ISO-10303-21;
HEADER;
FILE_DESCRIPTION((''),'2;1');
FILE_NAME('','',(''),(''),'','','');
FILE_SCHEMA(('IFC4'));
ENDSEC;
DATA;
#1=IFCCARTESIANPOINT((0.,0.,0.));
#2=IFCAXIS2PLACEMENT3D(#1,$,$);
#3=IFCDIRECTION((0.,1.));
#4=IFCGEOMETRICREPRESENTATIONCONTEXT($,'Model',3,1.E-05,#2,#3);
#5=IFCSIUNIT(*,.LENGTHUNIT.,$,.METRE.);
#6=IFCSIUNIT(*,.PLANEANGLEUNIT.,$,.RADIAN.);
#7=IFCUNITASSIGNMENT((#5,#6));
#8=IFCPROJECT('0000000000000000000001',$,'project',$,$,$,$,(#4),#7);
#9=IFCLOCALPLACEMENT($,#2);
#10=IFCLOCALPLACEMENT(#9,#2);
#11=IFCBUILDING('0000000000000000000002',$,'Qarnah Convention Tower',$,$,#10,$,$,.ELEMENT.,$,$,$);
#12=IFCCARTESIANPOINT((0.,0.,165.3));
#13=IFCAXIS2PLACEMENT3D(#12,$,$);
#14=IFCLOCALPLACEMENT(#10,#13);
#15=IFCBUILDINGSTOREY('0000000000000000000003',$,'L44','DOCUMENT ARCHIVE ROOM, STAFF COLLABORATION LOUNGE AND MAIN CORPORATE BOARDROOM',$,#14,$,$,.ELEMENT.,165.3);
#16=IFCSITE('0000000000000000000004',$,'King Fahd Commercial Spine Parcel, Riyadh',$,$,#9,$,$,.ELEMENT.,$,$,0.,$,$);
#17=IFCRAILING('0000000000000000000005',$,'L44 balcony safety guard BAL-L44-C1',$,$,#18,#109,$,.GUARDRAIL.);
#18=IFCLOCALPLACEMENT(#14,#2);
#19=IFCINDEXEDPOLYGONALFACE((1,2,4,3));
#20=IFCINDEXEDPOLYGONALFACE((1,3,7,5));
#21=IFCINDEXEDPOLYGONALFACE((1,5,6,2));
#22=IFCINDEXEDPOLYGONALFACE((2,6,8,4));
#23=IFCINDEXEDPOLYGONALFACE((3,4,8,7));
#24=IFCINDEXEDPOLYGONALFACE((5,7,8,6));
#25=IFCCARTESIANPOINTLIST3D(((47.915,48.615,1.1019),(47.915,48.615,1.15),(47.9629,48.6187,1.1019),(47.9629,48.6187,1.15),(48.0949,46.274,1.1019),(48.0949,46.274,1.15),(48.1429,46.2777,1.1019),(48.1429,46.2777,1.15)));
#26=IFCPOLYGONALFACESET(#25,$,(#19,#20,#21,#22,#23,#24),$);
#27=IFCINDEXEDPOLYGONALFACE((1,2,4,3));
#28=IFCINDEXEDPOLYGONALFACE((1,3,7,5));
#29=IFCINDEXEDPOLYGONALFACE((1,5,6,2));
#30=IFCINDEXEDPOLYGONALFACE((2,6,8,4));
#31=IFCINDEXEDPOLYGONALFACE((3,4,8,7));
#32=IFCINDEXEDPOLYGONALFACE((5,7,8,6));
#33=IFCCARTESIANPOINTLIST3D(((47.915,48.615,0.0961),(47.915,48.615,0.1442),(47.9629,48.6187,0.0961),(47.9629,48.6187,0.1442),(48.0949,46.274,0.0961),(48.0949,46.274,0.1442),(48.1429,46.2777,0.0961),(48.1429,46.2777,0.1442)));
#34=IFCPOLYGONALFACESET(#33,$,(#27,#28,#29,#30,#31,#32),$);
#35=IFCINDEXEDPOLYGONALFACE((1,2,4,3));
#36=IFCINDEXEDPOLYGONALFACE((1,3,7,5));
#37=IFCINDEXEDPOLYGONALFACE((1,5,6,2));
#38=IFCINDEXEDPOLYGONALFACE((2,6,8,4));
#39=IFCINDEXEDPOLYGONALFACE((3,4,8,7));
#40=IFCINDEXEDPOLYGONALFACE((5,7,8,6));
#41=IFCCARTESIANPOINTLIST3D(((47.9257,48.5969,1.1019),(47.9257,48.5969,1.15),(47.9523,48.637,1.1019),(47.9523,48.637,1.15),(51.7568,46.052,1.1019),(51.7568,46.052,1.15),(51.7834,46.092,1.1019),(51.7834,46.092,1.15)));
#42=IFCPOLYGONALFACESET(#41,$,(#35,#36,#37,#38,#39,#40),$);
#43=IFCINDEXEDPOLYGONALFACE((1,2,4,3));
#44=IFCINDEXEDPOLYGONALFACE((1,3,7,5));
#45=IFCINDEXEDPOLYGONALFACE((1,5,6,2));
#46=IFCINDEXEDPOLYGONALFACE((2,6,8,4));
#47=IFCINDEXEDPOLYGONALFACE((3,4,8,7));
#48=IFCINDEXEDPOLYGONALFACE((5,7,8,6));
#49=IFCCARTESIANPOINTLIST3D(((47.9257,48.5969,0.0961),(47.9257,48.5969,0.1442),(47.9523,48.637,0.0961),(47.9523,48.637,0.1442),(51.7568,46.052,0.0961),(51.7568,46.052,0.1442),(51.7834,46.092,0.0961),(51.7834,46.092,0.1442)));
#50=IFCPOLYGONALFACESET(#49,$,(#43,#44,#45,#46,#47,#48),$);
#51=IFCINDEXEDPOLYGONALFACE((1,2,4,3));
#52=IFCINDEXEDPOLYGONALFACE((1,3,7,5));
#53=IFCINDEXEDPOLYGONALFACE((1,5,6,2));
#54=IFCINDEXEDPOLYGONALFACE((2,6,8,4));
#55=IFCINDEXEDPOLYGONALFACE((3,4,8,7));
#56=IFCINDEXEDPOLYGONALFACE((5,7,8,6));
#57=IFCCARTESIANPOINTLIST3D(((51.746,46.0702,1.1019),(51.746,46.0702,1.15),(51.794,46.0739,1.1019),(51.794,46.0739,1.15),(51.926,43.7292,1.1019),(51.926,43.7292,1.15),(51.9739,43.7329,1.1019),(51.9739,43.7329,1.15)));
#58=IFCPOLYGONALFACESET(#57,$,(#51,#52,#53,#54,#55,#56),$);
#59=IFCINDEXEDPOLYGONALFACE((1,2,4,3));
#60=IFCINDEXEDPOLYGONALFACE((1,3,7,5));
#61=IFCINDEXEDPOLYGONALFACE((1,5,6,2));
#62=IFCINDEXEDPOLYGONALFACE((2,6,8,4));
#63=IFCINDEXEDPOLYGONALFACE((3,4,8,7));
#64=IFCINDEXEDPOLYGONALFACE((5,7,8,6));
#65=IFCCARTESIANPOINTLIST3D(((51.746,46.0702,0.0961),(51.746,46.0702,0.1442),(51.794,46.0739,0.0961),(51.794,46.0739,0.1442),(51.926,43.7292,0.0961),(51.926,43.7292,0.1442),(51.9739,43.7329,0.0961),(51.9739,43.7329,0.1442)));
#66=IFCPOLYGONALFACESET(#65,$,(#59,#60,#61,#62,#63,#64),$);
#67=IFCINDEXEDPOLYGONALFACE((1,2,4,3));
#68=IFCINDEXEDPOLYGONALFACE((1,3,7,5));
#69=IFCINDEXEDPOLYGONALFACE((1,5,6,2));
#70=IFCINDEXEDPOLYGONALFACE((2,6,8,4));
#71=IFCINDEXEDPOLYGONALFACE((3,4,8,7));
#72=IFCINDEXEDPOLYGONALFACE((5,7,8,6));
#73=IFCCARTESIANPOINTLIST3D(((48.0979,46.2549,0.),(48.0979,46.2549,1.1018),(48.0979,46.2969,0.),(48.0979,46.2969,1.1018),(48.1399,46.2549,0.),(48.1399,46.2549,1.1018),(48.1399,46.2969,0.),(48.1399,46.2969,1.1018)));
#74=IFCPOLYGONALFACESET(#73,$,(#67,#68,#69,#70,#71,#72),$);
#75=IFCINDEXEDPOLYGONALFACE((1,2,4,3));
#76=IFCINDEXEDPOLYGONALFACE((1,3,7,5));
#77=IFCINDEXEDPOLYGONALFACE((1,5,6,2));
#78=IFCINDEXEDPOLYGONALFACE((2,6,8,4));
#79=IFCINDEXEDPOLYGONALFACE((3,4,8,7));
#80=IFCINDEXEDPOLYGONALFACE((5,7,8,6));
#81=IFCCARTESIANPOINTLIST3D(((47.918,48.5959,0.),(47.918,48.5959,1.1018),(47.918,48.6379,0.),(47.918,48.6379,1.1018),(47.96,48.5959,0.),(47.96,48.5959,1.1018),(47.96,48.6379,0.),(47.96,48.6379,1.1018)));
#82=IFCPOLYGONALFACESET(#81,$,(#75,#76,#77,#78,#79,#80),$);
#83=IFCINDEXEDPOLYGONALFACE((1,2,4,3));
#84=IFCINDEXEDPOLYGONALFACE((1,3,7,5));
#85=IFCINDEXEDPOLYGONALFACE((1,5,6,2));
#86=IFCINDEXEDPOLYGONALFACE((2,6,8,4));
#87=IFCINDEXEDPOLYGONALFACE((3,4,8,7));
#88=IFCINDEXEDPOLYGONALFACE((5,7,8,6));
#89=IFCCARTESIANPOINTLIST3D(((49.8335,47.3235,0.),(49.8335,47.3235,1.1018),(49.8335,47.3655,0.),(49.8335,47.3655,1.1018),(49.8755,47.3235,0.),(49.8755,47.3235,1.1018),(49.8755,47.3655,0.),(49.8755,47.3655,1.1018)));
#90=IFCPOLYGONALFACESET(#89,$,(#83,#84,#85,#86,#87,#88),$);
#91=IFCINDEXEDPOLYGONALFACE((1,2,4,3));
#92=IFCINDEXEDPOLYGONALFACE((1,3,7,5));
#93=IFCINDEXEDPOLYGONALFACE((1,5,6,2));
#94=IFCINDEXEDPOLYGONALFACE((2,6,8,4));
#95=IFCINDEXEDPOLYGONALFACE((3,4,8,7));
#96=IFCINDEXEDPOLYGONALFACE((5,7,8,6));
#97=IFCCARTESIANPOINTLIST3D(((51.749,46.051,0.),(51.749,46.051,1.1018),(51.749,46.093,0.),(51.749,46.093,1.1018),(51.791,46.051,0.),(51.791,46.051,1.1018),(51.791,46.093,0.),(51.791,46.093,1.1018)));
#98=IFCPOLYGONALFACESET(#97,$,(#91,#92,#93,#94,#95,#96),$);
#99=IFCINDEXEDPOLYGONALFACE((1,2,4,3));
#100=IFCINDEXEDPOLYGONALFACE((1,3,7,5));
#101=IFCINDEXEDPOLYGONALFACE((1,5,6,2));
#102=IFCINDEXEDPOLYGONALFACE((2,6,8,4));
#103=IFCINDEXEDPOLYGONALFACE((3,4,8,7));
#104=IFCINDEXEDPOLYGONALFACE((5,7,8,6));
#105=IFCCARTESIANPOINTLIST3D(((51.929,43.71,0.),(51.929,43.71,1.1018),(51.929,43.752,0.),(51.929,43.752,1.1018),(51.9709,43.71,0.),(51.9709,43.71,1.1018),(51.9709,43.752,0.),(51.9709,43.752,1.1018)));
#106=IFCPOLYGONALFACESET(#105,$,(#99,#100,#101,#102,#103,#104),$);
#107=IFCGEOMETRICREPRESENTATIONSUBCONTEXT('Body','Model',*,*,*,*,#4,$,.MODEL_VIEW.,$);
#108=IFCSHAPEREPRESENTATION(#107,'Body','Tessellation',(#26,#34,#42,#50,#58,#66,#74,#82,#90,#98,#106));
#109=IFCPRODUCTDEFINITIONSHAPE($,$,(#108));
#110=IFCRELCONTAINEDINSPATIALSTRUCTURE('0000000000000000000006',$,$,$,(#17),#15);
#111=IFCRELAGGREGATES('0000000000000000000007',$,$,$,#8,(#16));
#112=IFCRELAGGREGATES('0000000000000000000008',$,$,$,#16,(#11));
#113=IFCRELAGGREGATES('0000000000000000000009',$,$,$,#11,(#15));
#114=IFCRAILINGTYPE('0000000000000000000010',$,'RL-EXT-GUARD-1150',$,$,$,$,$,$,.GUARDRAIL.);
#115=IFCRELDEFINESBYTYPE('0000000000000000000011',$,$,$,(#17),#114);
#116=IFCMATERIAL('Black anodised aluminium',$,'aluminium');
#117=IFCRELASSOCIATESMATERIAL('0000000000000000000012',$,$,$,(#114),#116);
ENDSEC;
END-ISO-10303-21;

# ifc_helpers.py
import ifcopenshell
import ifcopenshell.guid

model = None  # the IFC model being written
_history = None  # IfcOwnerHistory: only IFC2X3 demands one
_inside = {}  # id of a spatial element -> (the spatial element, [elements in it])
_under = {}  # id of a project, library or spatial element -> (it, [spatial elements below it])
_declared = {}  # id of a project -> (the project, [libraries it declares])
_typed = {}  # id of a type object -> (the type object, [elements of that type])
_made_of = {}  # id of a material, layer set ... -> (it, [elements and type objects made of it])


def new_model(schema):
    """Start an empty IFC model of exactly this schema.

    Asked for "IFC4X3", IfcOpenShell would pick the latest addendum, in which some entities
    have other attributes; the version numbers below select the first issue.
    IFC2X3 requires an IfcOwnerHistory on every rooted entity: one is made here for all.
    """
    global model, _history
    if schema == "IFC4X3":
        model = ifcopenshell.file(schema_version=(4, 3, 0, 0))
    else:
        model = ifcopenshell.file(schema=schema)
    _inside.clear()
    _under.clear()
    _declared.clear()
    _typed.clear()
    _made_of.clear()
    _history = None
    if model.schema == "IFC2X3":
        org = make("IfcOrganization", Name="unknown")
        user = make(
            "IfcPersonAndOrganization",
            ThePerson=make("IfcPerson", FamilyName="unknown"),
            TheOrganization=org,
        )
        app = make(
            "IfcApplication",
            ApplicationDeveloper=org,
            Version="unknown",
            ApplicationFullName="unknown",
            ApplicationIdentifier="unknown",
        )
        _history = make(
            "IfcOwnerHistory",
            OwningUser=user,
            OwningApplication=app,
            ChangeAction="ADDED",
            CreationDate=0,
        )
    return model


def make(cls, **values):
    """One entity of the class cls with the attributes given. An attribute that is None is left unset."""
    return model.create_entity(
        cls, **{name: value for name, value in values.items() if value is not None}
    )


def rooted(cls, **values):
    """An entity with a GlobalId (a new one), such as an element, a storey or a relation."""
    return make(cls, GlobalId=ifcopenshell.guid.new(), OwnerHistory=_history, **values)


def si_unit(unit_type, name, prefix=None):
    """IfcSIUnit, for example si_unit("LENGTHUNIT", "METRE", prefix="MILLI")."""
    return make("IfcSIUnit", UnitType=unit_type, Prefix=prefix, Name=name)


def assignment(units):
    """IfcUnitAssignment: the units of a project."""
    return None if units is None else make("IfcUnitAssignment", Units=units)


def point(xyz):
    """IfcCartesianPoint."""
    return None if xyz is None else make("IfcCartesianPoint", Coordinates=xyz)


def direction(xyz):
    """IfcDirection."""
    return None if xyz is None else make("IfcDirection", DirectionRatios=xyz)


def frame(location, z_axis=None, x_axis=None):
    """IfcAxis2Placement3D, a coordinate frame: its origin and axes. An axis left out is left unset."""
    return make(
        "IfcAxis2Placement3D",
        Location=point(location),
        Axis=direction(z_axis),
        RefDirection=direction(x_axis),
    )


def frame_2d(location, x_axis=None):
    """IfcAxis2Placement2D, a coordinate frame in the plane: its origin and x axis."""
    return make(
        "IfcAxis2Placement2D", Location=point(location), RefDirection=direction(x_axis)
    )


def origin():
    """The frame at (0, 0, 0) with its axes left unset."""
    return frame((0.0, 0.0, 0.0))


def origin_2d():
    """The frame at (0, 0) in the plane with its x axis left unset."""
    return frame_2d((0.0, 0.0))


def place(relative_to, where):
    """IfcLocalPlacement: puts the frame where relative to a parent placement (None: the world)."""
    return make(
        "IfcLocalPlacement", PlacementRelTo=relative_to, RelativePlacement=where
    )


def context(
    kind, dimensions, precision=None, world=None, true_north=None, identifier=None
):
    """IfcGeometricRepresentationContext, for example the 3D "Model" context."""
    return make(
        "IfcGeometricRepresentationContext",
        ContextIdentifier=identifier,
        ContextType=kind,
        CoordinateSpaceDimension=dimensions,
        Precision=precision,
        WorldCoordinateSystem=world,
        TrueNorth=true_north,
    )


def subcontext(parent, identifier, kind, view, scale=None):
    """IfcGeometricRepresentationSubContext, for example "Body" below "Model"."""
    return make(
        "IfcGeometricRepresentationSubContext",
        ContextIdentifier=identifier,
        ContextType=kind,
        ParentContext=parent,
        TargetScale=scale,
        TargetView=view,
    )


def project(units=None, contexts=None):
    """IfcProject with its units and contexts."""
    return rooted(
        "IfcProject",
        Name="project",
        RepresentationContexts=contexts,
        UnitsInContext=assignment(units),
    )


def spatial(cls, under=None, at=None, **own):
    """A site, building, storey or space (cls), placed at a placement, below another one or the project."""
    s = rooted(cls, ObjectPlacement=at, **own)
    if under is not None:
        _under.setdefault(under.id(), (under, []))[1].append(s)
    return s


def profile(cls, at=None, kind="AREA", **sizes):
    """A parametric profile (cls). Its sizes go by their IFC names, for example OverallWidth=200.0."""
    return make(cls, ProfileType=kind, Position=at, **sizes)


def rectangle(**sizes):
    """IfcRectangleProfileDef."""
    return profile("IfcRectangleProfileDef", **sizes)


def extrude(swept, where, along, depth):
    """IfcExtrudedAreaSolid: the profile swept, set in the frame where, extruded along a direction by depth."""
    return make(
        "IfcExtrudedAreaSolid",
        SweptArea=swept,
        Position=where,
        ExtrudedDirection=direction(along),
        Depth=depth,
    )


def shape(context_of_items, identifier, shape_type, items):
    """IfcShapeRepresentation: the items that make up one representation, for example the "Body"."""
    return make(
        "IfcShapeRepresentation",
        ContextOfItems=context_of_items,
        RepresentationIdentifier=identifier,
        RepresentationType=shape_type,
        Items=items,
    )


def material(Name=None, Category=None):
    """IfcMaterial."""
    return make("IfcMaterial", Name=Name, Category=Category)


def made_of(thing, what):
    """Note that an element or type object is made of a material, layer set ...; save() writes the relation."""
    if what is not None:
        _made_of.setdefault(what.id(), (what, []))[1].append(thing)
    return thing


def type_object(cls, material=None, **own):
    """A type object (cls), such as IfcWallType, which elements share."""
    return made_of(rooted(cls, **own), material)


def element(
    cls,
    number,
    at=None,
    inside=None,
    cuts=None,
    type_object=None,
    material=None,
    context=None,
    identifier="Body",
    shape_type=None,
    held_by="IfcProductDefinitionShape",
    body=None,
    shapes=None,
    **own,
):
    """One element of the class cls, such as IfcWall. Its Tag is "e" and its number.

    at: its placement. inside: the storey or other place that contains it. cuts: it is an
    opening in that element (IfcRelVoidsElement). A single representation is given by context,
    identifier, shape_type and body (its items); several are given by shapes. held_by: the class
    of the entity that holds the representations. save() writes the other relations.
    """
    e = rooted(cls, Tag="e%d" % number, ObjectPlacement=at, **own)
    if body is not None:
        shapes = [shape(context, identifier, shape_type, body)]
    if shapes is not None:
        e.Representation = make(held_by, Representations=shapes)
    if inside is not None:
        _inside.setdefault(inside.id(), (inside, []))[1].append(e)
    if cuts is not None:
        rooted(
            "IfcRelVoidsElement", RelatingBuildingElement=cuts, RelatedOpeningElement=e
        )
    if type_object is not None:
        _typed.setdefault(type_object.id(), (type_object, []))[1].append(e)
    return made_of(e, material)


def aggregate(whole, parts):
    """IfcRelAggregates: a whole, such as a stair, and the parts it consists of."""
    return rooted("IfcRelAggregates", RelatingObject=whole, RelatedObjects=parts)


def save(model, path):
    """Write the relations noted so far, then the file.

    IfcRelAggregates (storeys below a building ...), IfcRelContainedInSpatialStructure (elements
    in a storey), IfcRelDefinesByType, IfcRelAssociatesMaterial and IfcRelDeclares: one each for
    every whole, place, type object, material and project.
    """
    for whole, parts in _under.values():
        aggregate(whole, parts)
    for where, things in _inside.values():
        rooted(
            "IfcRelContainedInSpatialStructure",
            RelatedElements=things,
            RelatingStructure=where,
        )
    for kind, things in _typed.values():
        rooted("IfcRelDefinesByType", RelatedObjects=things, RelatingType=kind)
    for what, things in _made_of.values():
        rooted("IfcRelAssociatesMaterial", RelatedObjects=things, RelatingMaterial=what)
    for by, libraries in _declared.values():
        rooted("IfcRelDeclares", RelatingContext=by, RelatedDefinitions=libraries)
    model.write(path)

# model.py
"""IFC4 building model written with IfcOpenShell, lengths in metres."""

from ifc_helpers import new_model, si_unit, direction, frame, origin, origin_2d, place, context, subcontext, project, spatial, rectangle, extrude, material, type_object, element, save


model = new_model("IFC4")

# Units and contexts
model_context = context("Model", 3, precision=1e-05, world=origin(), true_north=direction((0.0, 1.0)))
body_context = subcontext(model_context, "Body", "Model", "MODEL_VIEW")
ifc_project = project(units=[si_unit("LENGTHUNIT", "METRE"), si_unit("PLANEANGLEUNIT", "RADIAN")], contexts=[model_context])

# Site, building, storey
site_placement = place(None, origin())
site = spatial("IfcSite", under=ifc_project, at=site_placement, Name="King Fahd Commercial Spine Parcel, Riyadh", CompositionType="ELEMENT", RefElevation=0.0)
building_placement = place(site_placement, origin())
building = spatial("IfcBuilding", under=site, at=building_placement, Name="Qarnah Convention Tower", CompositionType="ELEMENT")
storey_placement = place(building_placement, frame((0.0, 0.0, 165.3)))
storey = spatial("IfcBuildingStorey", under=building, at=storey_placement, Name="L44", Description="DOCUMENT ARCHIVE ROOM, STAFF COLLABORATION LOUNGE AND MAIN CORPORATE BOARDROOM", CompositionType="ELEMENT", Elevation=165.3)

# Shared definitions
ifc_material_1 = material(Name="Black anodised aluminium", Category="aluminium")

# Railing
railing_type = type_object("IfcRailingType", Name="RL-EXT-GUARD-1150", PredefinedType="GUARDRAIL", material=ifc_material_1)
railing_1_placement = place(storey_placement, frame((48.1189, 46.2759, 0.0)))
element("IfcRailing", 1, at=railing_1_placement, inside=storey, type_object=railing_type, Name="L44 balcony safety guard BAL-L44-C1", PredefinedType="GUARDRAIL", context=body_context, shape_type="SweptSolid", body=[
    extrude(rectangle(XDim=0.0481, YDim=0.0481, at=origin_2d()), frame((0.0, 0.0, 1.126), z_axis=(-0.076633, 0.997059, 0.0), x_axis=(-0.997059, -0.076633, 0.0)), (0.0, 0.0, 1.0), 2.3479),
    extrude(rectangle(XDim=0.0481, YDim=0.0481, at=origin_2d()), frame((0.0, 0.0, 0.1201), z_axis=(-0.076633, 0.997059, 0.0), x_axis=(-0.997059, -0.076633, 0.0)), (0.0, 0.0, 1.0), 2.3479),
    extrude(rectangle(XDim=0.0481, YDim=0.0481, at=origin_2d()), frame((-0.1799, 2.3411, 1.126), z_axis=(0.832964, -0.553327, 0.0), x_axis=(0.553327, 0.832964, 0.0)), (0.0, 0.0, 1.0), 4.5994),
    extrude(rectangle(XDim=0.0481, YDim=0.0481, at=origin_2d()), frame((-0.1799, 2.3411, 0.1201), z_axis=(0.832964, -0.553327, 0.0), x_axis=(0.553327, 0.832964, 0.0)), (0.0, 0.0, 1.0), 4.5994),
    extrude(rectangle(XDim=0.0481, YDim=0.0481, at=origin_2d()), frame((3.6511, -0.2039, 1.126), z_axis=(0.076633, -0.997059, 0.0), x_axis=(0.997059, 0.076633, 0.0)), (0.0, 0.0, 1.0), 2.3479),
    extrude(rectangle(XDim=0.0481, YDim=0.0481, at=origin_2d()), frame((3.6511, -0.2039, 0.1201), z_axis=(0.076633, -0.997059, 0.0), x_axis=(0.997059, 0.076633, 0.0)), (0.0, 0.0, 1.0), 2.3479),
    extrude(rectangle(XDim=0.042, YDim=0.042, at=origin_2d()), origin(), (0.0, 0.0, 1.0), 1.1018),
    extrude(rectangle(XDim=0.042, YDim=0.042, at=origin_2d()), frame((-0.1799, 2.3411, 0.0)), (0.0, 0.0, 1.0), 1.1018),
    extrude(rectangle(XDim=0.042, YDim=0.042, at=origin_2d()), frame((1.7356, 1.0686, 0.0)), (0.0, 0.0, 1.0), 1.1018),
    extrude(rectangle(XDim=0.042, YDim=0.042, at=origin_2d()), frame((3.6511, -0.2039, 0.0)), (0.0, 0.0, 1.0), 1.1018),
    extrude(rectangle(XDim=0.042, YDim=0.042, at=origin_2d()), frame((3.8311, -2.5449, 0.0)), (0.0, 0.0, 1.0), 1.1018),
])

save(model, "model.ifc")
